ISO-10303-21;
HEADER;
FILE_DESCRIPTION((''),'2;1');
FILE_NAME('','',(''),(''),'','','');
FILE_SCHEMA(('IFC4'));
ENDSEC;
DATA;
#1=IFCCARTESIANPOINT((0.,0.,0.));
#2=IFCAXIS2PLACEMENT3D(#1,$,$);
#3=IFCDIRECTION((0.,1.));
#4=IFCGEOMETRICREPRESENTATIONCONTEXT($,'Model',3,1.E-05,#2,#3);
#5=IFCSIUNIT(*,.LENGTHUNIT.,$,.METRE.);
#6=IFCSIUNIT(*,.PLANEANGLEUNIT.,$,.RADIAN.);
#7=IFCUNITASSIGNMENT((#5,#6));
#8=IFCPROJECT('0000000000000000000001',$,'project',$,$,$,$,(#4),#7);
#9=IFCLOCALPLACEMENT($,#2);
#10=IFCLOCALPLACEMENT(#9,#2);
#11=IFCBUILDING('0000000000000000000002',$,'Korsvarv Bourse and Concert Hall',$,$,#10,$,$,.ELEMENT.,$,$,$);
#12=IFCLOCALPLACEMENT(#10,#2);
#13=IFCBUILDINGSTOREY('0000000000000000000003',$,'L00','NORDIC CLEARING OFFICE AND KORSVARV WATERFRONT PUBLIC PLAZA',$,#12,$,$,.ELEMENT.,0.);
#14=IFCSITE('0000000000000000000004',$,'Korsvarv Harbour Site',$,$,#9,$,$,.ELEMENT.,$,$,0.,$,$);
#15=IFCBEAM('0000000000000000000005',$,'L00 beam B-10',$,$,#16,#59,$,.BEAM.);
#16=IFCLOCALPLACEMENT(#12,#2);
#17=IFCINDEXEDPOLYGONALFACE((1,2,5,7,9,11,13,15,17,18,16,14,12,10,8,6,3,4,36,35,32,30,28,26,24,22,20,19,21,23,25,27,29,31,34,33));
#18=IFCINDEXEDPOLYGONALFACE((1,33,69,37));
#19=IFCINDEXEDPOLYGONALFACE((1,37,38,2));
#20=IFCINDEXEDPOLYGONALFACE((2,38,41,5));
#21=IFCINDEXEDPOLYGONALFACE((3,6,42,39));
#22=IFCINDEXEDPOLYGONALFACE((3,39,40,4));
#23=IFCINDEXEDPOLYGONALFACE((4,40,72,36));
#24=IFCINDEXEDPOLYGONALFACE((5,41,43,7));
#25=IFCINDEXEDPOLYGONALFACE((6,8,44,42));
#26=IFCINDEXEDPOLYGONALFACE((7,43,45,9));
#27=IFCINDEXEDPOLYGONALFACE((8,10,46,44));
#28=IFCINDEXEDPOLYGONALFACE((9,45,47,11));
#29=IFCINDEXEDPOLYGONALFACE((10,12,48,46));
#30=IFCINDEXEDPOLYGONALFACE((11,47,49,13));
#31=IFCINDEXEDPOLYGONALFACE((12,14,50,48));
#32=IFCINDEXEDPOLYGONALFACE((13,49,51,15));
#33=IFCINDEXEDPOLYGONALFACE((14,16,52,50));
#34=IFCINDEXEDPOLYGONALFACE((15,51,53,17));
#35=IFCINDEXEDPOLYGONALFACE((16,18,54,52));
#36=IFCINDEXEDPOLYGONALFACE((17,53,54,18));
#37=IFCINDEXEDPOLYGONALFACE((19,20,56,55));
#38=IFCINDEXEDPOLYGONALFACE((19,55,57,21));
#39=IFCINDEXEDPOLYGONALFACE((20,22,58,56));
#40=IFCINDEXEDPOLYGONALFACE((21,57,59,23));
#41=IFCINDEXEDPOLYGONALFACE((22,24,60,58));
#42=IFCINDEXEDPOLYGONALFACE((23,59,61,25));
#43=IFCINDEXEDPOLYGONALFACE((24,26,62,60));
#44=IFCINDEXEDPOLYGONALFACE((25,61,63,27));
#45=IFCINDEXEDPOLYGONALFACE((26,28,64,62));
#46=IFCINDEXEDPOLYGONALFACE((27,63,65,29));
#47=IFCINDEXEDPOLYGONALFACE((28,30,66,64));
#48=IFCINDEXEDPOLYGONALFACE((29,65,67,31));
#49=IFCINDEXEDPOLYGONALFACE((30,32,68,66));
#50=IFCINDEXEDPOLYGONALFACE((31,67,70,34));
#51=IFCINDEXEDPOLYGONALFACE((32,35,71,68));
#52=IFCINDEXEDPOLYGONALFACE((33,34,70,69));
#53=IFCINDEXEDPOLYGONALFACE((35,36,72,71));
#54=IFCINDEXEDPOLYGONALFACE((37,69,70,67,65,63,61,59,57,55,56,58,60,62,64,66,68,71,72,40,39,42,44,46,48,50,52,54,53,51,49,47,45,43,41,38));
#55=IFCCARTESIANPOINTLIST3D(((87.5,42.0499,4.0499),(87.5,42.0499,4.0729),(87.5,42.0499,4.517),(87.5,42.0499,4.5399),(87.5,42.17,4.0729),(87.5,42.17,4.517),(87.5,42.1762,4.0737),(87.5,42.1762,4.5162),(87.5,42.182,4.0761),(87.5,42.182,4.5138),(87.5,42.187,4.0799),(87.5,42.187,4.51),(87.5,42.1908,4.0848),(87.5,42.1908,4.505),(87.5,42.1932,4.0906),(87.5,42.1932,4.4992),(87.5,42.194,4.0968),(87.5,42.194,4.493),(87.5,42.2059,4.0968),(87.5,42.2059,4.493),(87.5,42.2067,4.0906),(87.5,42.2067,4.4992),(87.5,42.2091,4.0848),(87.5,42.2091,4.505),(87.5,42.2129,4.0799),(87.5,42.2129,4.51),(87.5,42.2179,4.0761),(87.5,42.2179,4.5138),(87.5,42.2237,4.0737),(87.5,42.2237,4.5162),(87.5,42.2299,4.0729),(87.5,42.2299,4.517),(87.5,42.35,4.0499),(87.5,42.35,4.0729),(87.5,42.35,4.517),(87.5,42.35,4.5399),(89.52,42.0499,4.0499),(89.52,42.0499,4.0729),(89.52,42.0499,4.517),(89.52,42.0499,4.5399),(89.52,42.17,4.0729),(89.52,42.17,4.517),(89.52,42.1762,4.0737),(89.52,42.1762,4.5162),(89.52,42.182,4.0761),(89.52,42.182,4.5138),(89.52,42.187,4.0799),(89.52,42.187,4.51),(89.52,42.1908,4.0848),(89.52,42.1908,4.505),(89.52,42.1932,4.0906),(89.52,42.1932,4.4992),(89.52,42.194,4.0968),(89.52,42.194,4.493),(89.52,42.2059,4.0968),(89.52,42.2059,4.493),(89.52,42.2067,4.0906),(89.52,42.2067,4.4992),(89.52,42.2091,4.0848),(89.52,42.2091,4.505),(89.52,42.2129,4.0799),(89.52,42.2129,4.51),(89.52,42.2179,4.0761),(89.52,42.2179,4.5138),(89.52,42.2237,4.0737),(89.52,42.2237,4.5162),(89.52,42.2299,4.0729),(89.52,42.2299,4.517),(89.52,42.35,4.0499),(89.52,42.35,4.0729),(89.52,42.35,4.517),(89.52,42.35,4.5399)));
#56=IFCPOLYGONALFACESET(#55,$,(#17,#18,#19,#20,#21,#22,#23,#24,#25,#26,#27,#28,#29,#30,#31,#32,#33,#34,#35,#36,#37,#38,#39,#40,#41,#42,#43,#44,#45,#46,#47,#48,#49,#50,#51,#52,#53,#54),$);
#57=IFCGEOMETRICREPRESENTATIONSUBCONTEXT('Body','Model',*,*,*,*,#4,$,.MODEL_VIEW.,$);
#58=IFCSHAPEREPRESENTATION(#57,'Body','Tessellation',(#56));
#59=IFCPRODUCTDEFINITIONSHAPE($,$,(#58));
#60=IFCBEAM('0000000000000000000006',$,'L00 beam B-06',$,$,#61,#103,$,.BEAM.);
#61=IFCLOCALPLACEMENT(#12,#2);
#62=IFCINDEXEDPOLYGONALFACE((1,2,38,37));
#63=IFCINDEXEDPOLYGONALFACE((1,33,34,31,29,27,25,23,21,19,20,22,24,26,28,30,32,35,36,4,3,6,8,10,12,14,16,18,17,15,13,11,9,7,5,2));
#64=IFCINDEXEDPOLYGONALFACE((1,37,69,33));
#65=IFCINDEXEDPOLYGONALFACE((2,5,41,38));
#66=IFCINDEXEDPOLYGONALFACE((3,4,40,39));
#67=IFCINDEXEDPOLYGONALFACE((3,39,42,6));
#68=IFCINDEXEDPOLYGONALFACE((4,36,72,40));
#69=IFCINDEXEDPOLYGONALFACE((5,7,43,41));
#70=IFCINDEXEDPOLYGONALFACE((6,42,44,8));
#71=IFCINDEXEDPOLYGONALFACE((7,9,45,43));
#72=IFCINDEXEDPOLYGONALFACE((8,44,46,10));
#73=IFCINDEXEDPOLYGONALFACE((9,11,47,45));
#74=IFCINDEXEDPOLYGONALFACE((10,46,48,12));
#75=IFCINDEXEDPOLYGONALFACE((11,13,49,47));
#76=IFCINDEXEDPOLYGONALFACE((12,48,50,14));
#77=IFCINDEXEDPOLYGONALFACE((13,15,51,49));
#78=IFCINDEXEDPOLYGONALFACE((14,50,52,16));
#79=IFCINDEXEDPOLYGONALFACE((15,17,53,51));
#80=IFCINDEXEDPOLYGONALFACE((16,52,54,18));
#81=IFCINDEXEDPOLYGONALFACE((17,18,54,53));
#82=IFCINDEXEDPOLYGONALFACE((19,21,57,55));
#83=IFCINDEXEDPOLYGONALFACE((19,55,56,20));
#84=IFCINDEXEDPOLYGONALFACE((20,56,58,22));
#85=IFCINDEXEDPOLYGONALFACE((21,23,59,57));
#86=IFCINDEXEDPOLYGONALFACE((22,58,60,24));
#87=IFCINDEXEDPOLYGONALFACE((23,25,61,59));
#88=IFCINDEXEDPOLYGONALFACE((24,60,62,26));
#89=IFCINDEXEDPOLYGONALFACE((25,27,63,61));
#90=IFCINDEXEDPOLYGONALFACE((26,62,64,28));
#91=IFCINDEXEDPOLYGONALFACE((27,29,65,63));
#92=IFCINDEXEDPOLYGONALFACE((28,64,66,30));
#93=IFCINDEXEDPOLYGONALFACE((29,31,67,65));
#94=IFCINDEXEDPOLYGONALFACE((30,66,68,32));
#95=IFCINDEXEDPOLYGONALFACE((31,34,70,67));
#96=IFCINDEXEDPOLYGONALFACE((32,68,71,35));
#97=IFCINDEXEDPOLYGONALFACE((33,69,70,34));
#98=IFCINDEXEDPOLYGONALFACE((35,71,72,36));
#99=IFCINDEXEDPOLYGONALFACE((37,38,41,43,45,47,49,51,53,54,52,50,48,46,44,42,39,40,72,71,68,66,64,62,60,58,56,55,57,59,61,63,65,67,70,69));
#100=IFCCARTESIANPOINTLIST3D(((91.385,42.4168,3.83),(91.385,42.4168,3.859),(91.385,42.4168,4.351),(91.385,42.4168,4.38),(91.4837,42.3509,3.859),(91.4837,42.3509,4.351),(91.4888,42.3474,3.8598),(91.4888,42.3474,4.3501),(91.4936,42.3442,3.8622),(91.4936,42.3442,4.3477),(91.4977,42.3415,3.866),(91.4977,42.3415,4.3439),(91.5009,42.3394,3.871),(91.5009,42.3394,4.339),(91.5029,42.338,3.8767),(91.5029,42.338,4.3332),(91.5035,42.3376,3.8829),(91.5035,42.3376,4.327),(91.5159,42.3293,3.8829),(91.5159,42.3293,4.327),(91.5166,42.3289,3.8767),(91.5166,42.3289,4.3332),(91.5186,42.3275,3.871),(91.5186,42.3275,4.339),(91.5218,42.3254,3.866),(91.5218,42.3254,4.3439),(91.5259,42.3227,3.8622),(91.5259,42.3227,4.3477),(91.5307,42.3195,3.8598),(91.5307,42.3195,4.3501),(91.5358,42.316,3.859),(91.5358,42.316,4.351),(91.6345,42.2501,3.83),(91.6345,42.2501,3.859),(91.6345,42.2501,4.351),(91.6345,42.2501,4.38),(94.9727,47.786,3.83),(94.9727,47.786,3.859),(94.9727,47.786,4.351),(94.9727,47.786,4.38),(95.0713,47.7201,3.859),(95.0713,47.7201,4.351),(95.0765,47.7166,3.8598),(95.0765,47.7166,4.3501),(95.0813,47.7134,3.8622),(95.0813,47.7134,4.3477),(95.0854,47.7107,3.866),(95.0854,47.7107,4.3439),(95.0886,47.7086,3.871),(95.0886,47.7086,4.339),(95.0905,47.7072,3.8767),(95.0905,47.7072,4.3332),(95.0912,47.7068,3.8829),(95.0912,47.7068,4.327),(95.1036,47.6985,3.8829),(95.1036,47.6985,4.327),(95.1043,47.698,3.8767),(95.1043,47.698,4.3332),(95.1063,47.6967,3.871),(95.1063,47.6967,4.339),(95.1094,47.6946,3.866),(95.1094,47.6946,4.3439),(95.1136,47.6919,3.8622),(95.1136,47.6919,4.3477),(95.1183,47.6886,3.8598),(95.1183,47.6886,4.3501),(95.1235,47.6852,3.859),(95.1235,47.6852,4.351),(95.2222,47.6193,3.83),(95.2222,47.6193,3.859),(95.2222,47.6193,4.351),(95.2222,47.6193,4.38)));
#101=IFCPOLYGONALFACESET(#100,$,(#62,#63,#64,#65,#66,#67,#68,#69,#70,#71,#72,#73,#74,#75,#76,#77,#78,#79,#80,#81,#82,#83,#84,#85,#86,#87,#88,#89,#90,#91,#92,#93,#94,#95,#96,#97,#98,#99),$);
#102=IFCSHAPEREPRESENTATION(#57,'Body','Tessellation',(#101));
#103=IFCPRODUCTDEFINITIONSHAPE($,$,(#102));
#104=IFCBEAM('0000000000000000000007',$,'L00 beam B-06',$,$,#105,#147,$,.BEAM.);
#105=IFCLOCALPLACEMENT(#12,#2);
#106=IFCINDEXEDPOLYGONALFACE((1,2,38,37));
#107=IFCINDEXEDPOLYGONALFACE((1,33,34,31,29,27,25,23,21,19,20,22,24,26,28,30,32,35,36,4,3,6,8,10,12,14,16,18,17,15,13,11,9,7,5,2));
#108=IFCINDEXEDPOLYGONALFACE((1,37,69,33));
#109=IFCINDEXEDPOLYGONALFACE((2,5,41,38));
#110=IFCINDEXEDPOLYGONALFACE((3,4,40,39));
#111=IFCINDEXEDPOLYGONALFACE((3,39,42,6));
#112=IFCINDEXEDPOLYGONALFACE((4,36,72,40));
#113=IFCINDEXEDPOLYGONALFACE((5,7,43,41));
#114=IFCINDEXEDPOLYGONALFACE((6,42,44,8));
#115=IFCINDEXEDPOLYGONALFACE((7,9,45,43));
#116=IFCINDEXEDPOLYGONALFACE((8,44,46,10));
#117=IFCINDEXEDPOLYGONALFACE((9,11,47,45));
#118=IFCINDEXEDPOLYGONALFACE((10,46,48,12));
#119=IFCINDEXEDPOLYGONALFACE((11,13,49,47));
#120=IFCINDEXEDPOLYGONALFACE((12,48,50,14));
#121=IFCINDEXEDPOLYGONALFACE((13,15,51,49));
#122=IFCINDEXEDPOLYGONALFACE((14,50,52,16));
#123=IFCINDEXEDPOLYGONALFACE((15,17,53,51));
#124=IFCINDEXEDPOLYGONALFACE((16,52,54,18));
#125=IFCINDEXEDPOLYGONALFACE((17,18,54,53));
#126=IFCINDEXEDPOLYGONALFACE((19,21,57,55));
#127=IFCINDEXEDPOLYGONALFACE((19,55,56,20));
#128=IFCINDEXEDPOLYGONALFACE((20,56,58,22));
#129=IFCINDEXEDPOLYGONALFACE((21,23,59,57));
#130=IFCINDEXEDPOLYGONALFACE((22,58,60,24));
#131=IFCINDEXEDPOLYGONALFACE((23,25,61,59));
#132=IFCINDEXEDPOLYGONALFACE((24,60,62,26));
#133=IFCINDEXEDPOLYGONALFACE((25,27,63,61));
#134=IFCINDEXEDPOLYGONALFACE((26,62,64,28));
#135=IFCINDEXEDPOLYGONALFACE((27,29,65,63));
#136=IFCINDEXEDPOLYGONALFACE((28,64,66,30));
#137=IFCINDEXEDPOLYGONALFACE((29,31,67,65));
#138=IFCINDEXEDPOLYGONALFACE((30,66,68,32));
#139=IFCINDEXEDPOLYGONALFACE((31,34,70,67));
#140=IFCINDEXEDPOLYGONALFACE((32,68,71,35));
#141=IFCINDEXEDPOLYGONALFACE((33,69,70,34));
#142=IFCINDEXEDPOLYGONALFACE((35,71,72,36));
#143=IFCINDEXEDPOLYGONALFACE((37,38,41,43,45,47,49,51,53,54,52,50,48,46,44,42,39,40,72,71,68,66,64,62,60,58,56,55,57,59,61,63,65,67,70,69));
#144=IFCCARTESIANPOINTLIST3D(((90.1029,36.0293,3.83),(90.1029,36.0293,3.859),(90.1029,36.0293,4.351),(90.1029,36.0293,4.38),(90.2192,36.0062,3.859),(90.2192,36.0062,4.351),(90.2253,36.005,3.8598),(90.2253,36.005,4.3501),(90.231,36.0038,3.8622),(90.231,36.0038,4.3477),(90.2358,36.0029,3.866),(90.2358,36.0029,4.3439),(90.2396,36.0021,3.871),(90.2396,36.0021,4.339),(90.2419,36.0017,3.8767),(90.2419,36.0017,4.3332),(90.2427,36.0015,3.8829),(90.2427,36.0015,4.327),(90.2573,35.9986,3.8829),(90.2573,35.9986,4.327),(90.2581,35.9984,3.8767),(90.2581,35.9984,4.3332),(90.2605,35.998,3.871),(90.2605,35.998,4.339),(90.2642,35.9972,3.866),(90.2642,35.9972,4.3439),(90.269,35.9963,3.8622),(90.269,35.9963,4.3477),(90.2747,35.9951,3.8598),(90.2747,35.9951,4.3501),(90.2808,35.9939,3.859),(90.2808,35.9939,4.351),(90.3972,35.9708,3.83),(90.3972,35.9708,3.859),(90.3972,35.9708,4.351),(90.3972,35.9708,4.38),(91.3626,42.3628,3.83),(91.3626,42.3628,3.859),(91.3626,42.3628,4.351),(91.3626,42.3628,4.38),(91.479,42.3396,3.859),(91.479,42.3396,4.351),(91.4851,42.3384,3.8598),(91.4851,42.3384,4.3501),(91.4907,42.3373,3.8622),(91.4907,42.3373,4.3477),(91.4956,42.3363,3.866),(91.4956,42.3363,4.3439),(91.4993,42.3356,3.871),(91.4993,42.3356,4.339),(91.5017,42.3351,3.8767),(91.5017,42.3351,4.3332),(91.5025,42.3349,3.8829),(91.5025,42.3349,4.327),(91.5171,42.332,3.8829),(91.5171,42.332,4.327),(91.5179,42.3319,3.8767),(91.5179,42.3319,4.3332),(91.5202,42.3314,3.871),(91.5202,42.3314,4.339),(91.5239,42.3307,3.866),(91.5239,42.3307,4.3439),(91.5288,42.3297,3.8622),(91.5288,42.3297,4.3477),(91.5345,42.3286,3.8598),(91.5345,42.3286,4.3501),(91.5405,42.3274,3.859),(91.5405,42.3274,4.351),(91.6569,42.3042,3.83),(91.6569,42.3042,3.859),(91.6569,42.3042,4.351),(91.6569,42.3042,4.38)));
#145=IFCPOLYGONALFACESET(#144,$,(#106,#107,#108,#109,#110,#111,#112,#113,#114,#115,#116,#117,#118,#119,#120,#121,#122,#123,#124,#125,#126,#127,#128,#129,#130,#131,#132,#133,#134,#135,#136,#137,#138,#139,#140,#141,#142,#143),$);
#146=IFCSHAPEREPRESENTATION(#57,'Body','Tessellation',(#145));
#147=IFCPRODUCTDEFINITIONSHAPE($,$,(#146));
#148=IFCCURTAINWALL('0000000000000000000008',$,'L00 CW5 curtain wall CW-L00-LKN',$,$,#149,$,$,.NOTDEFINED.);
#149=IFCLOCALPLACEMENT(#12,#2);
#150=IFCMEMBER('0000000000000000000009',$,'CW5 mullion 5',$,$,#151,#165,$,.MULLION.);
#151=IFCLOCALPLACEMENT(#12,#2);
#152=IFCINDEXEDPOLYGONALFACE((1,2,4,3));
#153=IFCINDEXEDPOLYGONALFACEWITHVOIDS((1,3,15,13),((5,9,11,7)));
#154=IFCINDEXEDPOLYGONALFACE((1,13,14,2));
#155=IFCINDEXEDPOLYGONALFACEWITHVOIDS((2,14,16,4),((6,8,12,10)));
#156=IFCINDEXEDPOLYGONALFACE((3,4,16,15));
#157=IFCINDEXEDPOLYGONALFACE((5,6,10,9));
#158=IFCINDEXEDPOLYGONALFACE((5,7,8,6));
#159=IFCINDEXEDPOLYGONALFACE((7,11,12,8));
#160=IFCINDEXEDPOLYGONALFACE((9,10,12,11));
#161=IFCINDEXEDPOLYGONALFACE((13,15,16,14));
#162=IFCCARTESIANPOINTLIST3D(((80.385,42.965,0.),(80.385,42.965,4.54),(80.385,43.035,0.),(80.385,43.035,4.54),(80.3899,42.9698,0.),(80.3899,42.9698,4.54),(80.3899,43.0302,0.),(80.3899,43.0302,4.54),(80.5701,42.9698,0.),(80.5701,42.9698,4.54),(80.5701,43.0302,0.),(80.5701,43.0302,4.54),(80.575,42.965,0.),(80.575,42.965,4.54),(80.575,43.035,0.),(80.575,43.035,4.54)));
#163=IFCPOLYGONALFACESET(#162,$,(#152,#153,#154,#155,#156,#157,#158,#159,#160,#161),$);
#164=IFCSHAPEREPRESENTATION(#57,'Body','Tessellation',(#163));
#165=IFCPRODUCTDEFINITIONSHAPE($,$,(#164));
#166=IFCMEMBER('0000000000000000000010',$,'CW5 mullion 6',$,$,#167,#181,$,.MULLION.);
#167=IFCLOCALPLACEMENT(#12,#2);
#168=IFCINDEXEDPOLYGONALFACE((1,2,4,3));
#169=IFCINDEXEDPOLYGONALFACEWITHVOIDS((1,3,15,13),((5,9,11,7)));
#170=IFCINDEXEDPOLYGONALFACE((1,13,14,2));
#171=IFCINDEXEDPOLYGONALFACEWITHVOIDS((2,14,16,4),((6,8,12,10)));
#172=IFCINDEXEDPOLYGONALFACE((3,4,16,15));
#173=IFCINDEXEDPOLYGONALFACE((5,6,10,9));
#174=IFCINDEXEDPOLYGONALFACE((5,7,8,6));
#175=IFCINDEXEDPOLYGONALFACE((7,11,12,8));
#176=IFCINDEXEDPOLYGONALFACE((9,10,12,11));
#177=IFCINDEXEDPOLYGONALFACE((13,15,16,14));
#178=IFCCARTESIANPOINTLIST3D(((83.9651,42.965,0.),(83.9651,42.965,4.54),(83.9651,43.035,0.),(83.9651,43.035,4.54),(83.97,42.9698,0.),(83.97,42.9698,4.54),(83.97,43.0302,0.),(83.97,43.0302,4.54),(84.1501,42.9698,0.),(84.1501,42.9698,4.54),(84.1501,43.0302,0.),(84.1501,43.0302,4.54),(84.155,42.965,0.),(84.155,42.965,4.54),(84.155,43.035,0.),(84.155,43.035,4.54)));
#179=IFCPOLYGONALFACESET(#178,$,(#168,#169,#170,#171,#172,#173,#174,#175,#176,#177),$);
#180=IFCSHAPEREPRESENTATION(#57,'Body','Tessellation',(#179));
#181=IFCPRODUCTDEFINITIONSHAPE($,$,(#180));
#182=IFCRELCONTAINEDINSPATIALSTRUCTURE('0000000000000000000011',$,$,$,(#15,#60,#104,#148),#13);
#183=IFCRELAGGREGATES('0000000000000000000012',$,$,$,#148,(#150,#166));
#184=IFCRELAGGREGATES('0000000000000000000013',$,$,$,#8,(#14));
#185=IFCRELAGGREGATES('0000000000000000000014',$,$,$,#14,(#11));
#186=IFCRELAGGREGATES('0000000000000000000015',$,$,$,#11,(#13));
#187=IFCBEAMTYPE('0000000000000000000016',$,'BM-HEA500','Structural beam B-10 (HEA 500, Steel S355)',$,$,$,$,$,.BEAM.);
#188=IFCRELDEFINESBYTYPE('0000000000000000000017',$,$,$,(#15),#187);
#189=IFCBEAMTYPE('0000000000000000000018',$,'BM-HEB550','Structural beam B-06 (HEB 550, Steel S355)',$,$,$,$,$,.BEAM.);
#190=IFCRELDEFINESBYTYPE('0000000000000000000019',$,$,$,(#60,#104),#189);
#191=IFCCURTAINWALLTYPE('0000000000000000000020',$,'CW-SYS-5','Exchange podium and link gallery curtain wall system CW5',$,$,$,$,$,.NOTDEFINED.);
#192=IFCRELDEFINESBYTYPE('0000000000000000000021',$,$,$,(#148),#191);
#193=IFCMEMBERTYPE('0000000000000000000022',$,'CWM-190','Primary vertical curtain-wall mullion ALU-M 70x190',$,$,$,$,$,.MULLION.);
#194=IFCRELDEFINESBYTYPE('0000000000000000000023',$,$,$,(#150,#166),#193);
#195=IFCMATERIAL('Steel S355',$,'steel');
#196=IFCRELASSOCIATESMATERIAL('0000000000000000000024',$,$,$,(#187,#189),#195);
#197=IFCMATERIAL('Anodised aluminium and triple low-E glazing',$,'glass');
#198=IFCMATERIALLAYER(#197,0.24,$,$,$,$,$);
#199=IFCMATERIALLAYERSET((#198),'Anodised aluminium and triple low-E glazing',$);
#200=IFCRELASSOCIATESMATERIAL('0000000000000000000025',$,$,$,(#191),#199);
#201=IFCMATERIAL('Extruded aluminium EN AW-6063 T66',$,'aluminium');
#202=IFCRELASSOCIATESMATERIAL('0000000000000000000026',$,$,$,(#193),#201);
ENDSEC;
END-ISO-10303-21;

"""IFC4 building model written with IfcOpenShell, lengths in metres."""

from ifc_helpers import new_model, si_unit, direction, frame, origin, origin_2d, place, context, subcontext, project, spatial, hollow_rectangle, i_section, extrude, source, transform, mapped, material, layer, layer_set, material_profile, profile_set, type_object, element, aggregate, save


model = new_model("IFC4")

# Units and contexts
model_context = context("Model", 3, precision=1e-05, world=origin(), true_north=direction((0.0, 1.0)))
body_context = subcontext(model_context, "Body", "Model", "MODEL_VIEW")
ifc_project = project(units=[si_unit("LENGTHUNIT", "METRE"), si_unit("PLANEANGLEUNIT", "RADIAN")], contexts=[model_context])

# Site, building, storey
site_placement = place(None, origin())
site = spatial("IfcSite", under=ifc_project, at=site_placement, Name="Korsvarv Harbour Site", CompositionType="ELEMENT", RefElevation=0.0)
building_placement = place(site_placement, origin())
building = spatial("IfcBuilding", under=site, at=building_placement, Name="Korsvarv Bourse and Concert Hall", CompositionType="ELEMENT")
storey_placement = place(building_placement, origin())
storey = spatial("IfcBuildingStorey", under=building, at=storey_placement, Name="L00", Description="NORDIC CLEARING OFFICE AND KORSVARV WATERFRONT PUBLIC PLAZA", CompositionType="ELEMENT", Elevation=0.0)

# Beams
ifc_material_1 = material(Name="Steel S355", Category="steel")
ifc_material_profile_1 = material_profile(ifc_material_1, i_section(OverallWidth=0.3, OverallDepth=0.49, WebThickness=0.012, FlangeThickness=0.0229, FilletRadius=0.0239, at=origin_2d()), Name="HEA 500")
ifc_profile_set_1 = profile_set([ifc_material_profile_1], Name="Steel S355")
beam_type_1 = type_object("IfcBeamType", Name="BM-HEA500", Description="Structural beam B-10 (HEA 500, Steel S355)", PredefinedType="BEAM", material=ifc_profile_set_1)
shared_shape_1 = source(origin(), body_context, "Body", "SweptSolid", [
    extrude(i_section(OverallWidth=0.3, OverallDepth=0.49, WebThickness=0.012, FlangeThickness=0.0229, FilletRadius=0.0239, at=origin_2d()), origin(), (0.0, 0.0, 1.0), 2.02),
])
beam_1_placement = place(storey_placement, frame((87.5, 42.2, 4.2949), z_axis=(1.0, 0.0, 0.0), x_axis=(0.0, 1.0, 0.0)))
element("IfcBeam", 1, at=beam_1_placement, inside=storey, type_object=beam_type_1, Name="L00 beam B-10", PredefinedType="BEAM", context=body_context, shape_type="MappedRepresentation", body=[
    mapped(shared_shape_1, transform((0.0, 0.0, 0.0), scale=1.0)),
])
ifc_material_profile_2 = material_profile(ifc_material_1, i_section(OverallWidth=0.3, OverallDepth=0.55, WebThickness=0.0149, FlangeThickness=0.0291, FilletRadius=0.0239, at=origin_2d()), Name="HEB 550")
ifc_profile_set_2 = profile_set([ifc_material_profile_2], Name="Steel S355")
beam_type_2 = type_object("IfcBeamType", Name="BM-HEB550", Description="Structural beam B-06 (HEB 550, Steel S355)", PredefinedType="BEAM", material=ifc_profile_set_2)
shared_shape_2 = source(origin(), body_context, "Body", "SweptSolid", [
    extrude(i_section(OverallWidth=0.3, OverallDepth=0.55, WebThickness=0.0149, FlangeThickness=0.0291, FilletRadius=0.0239, at=origin_2d()), origin(), (0.0, 0.0, 1.0), 6.4575),
])
for number, where, z_axis, x_axis, name in (
    (2, (95.0974, 47.7026, 4.105), (-0.555581, -0.831462, 0.0), (0.831462, -0.555581, 0.0), "L00 beam B-06"),
    (3, (91.5098, 42.3335, 4.105), (-0.195084, -0.980787, 0.0), (0.980787, -0.195084, 0.0), "L00 beam B-06"),
):
    element("IfcBeam", number, at=place(storey_placement, frame(where, z_axis=z_axis, x_axis=x_axis)), inside=storey, type_object=beam_type_2, Name=name, PredefinedType="BEAM", context=body_context, shape_type="MappedRepresentation", body=[
        mapped(shared_shape_2, transform((0.0, 0.0, 0.0), scale=1.0)),
    ])

# Curtain wall, members
ifc_material_2 = material(Name="Anodised aluminium and triple low-E glazing", Category="glass")
ifc_layer_1 = layer(ifc_material_2, 0.24)
ifc_layer_set_1 = layer_set([ifc_layer_1], Name="Anodised aluminium and triple low-E glazing")
curtain_wall_type_1 = type_object("IfcCurtainWallType", Name="CW-SYS-5", Description="Exchange podium and link gallery curtain wall system CW5", PredefinedType="NOTDEFINED", material=ifc_layer_set_1)
curtain_wall_1_placement = place(storey_placement, origin())
curtain_wall_1 = element("IfcCurtainWall", 4, at=curtain_wall_1_placement, inside=storey, type_object=curtain_wall_type_1, Name="L00 CW5 curtain wall CW-L00-LKN", PredefinedType="NOTDEFINED")
ifc_material_3 = material(Name="Extruded aluminium EN AW-6063 T66", Category="aluminium")
ifc_material_profile_3 = material_profile(ifc_material_3, hollow_rectangle(XDim=0.0701, YDim=0.1899, WallThickness=0.0049, at=origin_2d()), Name="ALU-M 70x190")
ifc_profile_set_3 = profile_set([ifc_material_profile_3], Name="Extruded aluminium EN AW-6063 T66")
member_type_1 = type_object("IfcMemberType", Name="CWM-190", Description="Primary vertical curtain-wall mullion ALU-M 70x190", PredefinedType="MULLION", material=ifc_profile_set_3)
shared_shape_3 = source(origin(), body_context, "Body", "SweptSolid", [
    extrude(hollow_rectangle(XDim=0.0701, YDim=0.1899, WallThickness=0.0049, at=origin_2d()), origin(), (0.0, 0.0, 1.0), 4.54),
])
member_1_placement = place(storey_placement, frame((80.48, 43.0, 0.0), z_axis=(0.0, 0.0, 1.0), x_axis=(0.0, 1.0, 0.0)))
member_1 = element("IfcMember", 5, at=member_1_placement, type_object=member_type_1, Name="CW5 mullion 5", PredefinedType="MULLION", context=body_context, shape_type="MappedRepresentation", body=[
    mapped(shared_shape_3, transform((0.0, 0.0, 0.0), scale=1.0)),
])
member_2_placement = place(storey_placement, frame((84.0601, 43.0, 0.0), z_axis=(0.0, 0.0, 1.0), x_axis=(0.0, 1.0, 0.0)))
member_2 = element("IfcMember", 6, at=member_2_placement, type_object=member_type_1, Name="CW5 mullion 6", PredefinedType="MULLION", context=body_context, shape_type="MappedRepresentation", body=[
    mapped(shared_shape_3, transform((0.0, 0.0, 0.0), scale=1.0)),
])

aggregate(curtain_wall_1, [member_1, member_2])

save(model, "model.ifc")
